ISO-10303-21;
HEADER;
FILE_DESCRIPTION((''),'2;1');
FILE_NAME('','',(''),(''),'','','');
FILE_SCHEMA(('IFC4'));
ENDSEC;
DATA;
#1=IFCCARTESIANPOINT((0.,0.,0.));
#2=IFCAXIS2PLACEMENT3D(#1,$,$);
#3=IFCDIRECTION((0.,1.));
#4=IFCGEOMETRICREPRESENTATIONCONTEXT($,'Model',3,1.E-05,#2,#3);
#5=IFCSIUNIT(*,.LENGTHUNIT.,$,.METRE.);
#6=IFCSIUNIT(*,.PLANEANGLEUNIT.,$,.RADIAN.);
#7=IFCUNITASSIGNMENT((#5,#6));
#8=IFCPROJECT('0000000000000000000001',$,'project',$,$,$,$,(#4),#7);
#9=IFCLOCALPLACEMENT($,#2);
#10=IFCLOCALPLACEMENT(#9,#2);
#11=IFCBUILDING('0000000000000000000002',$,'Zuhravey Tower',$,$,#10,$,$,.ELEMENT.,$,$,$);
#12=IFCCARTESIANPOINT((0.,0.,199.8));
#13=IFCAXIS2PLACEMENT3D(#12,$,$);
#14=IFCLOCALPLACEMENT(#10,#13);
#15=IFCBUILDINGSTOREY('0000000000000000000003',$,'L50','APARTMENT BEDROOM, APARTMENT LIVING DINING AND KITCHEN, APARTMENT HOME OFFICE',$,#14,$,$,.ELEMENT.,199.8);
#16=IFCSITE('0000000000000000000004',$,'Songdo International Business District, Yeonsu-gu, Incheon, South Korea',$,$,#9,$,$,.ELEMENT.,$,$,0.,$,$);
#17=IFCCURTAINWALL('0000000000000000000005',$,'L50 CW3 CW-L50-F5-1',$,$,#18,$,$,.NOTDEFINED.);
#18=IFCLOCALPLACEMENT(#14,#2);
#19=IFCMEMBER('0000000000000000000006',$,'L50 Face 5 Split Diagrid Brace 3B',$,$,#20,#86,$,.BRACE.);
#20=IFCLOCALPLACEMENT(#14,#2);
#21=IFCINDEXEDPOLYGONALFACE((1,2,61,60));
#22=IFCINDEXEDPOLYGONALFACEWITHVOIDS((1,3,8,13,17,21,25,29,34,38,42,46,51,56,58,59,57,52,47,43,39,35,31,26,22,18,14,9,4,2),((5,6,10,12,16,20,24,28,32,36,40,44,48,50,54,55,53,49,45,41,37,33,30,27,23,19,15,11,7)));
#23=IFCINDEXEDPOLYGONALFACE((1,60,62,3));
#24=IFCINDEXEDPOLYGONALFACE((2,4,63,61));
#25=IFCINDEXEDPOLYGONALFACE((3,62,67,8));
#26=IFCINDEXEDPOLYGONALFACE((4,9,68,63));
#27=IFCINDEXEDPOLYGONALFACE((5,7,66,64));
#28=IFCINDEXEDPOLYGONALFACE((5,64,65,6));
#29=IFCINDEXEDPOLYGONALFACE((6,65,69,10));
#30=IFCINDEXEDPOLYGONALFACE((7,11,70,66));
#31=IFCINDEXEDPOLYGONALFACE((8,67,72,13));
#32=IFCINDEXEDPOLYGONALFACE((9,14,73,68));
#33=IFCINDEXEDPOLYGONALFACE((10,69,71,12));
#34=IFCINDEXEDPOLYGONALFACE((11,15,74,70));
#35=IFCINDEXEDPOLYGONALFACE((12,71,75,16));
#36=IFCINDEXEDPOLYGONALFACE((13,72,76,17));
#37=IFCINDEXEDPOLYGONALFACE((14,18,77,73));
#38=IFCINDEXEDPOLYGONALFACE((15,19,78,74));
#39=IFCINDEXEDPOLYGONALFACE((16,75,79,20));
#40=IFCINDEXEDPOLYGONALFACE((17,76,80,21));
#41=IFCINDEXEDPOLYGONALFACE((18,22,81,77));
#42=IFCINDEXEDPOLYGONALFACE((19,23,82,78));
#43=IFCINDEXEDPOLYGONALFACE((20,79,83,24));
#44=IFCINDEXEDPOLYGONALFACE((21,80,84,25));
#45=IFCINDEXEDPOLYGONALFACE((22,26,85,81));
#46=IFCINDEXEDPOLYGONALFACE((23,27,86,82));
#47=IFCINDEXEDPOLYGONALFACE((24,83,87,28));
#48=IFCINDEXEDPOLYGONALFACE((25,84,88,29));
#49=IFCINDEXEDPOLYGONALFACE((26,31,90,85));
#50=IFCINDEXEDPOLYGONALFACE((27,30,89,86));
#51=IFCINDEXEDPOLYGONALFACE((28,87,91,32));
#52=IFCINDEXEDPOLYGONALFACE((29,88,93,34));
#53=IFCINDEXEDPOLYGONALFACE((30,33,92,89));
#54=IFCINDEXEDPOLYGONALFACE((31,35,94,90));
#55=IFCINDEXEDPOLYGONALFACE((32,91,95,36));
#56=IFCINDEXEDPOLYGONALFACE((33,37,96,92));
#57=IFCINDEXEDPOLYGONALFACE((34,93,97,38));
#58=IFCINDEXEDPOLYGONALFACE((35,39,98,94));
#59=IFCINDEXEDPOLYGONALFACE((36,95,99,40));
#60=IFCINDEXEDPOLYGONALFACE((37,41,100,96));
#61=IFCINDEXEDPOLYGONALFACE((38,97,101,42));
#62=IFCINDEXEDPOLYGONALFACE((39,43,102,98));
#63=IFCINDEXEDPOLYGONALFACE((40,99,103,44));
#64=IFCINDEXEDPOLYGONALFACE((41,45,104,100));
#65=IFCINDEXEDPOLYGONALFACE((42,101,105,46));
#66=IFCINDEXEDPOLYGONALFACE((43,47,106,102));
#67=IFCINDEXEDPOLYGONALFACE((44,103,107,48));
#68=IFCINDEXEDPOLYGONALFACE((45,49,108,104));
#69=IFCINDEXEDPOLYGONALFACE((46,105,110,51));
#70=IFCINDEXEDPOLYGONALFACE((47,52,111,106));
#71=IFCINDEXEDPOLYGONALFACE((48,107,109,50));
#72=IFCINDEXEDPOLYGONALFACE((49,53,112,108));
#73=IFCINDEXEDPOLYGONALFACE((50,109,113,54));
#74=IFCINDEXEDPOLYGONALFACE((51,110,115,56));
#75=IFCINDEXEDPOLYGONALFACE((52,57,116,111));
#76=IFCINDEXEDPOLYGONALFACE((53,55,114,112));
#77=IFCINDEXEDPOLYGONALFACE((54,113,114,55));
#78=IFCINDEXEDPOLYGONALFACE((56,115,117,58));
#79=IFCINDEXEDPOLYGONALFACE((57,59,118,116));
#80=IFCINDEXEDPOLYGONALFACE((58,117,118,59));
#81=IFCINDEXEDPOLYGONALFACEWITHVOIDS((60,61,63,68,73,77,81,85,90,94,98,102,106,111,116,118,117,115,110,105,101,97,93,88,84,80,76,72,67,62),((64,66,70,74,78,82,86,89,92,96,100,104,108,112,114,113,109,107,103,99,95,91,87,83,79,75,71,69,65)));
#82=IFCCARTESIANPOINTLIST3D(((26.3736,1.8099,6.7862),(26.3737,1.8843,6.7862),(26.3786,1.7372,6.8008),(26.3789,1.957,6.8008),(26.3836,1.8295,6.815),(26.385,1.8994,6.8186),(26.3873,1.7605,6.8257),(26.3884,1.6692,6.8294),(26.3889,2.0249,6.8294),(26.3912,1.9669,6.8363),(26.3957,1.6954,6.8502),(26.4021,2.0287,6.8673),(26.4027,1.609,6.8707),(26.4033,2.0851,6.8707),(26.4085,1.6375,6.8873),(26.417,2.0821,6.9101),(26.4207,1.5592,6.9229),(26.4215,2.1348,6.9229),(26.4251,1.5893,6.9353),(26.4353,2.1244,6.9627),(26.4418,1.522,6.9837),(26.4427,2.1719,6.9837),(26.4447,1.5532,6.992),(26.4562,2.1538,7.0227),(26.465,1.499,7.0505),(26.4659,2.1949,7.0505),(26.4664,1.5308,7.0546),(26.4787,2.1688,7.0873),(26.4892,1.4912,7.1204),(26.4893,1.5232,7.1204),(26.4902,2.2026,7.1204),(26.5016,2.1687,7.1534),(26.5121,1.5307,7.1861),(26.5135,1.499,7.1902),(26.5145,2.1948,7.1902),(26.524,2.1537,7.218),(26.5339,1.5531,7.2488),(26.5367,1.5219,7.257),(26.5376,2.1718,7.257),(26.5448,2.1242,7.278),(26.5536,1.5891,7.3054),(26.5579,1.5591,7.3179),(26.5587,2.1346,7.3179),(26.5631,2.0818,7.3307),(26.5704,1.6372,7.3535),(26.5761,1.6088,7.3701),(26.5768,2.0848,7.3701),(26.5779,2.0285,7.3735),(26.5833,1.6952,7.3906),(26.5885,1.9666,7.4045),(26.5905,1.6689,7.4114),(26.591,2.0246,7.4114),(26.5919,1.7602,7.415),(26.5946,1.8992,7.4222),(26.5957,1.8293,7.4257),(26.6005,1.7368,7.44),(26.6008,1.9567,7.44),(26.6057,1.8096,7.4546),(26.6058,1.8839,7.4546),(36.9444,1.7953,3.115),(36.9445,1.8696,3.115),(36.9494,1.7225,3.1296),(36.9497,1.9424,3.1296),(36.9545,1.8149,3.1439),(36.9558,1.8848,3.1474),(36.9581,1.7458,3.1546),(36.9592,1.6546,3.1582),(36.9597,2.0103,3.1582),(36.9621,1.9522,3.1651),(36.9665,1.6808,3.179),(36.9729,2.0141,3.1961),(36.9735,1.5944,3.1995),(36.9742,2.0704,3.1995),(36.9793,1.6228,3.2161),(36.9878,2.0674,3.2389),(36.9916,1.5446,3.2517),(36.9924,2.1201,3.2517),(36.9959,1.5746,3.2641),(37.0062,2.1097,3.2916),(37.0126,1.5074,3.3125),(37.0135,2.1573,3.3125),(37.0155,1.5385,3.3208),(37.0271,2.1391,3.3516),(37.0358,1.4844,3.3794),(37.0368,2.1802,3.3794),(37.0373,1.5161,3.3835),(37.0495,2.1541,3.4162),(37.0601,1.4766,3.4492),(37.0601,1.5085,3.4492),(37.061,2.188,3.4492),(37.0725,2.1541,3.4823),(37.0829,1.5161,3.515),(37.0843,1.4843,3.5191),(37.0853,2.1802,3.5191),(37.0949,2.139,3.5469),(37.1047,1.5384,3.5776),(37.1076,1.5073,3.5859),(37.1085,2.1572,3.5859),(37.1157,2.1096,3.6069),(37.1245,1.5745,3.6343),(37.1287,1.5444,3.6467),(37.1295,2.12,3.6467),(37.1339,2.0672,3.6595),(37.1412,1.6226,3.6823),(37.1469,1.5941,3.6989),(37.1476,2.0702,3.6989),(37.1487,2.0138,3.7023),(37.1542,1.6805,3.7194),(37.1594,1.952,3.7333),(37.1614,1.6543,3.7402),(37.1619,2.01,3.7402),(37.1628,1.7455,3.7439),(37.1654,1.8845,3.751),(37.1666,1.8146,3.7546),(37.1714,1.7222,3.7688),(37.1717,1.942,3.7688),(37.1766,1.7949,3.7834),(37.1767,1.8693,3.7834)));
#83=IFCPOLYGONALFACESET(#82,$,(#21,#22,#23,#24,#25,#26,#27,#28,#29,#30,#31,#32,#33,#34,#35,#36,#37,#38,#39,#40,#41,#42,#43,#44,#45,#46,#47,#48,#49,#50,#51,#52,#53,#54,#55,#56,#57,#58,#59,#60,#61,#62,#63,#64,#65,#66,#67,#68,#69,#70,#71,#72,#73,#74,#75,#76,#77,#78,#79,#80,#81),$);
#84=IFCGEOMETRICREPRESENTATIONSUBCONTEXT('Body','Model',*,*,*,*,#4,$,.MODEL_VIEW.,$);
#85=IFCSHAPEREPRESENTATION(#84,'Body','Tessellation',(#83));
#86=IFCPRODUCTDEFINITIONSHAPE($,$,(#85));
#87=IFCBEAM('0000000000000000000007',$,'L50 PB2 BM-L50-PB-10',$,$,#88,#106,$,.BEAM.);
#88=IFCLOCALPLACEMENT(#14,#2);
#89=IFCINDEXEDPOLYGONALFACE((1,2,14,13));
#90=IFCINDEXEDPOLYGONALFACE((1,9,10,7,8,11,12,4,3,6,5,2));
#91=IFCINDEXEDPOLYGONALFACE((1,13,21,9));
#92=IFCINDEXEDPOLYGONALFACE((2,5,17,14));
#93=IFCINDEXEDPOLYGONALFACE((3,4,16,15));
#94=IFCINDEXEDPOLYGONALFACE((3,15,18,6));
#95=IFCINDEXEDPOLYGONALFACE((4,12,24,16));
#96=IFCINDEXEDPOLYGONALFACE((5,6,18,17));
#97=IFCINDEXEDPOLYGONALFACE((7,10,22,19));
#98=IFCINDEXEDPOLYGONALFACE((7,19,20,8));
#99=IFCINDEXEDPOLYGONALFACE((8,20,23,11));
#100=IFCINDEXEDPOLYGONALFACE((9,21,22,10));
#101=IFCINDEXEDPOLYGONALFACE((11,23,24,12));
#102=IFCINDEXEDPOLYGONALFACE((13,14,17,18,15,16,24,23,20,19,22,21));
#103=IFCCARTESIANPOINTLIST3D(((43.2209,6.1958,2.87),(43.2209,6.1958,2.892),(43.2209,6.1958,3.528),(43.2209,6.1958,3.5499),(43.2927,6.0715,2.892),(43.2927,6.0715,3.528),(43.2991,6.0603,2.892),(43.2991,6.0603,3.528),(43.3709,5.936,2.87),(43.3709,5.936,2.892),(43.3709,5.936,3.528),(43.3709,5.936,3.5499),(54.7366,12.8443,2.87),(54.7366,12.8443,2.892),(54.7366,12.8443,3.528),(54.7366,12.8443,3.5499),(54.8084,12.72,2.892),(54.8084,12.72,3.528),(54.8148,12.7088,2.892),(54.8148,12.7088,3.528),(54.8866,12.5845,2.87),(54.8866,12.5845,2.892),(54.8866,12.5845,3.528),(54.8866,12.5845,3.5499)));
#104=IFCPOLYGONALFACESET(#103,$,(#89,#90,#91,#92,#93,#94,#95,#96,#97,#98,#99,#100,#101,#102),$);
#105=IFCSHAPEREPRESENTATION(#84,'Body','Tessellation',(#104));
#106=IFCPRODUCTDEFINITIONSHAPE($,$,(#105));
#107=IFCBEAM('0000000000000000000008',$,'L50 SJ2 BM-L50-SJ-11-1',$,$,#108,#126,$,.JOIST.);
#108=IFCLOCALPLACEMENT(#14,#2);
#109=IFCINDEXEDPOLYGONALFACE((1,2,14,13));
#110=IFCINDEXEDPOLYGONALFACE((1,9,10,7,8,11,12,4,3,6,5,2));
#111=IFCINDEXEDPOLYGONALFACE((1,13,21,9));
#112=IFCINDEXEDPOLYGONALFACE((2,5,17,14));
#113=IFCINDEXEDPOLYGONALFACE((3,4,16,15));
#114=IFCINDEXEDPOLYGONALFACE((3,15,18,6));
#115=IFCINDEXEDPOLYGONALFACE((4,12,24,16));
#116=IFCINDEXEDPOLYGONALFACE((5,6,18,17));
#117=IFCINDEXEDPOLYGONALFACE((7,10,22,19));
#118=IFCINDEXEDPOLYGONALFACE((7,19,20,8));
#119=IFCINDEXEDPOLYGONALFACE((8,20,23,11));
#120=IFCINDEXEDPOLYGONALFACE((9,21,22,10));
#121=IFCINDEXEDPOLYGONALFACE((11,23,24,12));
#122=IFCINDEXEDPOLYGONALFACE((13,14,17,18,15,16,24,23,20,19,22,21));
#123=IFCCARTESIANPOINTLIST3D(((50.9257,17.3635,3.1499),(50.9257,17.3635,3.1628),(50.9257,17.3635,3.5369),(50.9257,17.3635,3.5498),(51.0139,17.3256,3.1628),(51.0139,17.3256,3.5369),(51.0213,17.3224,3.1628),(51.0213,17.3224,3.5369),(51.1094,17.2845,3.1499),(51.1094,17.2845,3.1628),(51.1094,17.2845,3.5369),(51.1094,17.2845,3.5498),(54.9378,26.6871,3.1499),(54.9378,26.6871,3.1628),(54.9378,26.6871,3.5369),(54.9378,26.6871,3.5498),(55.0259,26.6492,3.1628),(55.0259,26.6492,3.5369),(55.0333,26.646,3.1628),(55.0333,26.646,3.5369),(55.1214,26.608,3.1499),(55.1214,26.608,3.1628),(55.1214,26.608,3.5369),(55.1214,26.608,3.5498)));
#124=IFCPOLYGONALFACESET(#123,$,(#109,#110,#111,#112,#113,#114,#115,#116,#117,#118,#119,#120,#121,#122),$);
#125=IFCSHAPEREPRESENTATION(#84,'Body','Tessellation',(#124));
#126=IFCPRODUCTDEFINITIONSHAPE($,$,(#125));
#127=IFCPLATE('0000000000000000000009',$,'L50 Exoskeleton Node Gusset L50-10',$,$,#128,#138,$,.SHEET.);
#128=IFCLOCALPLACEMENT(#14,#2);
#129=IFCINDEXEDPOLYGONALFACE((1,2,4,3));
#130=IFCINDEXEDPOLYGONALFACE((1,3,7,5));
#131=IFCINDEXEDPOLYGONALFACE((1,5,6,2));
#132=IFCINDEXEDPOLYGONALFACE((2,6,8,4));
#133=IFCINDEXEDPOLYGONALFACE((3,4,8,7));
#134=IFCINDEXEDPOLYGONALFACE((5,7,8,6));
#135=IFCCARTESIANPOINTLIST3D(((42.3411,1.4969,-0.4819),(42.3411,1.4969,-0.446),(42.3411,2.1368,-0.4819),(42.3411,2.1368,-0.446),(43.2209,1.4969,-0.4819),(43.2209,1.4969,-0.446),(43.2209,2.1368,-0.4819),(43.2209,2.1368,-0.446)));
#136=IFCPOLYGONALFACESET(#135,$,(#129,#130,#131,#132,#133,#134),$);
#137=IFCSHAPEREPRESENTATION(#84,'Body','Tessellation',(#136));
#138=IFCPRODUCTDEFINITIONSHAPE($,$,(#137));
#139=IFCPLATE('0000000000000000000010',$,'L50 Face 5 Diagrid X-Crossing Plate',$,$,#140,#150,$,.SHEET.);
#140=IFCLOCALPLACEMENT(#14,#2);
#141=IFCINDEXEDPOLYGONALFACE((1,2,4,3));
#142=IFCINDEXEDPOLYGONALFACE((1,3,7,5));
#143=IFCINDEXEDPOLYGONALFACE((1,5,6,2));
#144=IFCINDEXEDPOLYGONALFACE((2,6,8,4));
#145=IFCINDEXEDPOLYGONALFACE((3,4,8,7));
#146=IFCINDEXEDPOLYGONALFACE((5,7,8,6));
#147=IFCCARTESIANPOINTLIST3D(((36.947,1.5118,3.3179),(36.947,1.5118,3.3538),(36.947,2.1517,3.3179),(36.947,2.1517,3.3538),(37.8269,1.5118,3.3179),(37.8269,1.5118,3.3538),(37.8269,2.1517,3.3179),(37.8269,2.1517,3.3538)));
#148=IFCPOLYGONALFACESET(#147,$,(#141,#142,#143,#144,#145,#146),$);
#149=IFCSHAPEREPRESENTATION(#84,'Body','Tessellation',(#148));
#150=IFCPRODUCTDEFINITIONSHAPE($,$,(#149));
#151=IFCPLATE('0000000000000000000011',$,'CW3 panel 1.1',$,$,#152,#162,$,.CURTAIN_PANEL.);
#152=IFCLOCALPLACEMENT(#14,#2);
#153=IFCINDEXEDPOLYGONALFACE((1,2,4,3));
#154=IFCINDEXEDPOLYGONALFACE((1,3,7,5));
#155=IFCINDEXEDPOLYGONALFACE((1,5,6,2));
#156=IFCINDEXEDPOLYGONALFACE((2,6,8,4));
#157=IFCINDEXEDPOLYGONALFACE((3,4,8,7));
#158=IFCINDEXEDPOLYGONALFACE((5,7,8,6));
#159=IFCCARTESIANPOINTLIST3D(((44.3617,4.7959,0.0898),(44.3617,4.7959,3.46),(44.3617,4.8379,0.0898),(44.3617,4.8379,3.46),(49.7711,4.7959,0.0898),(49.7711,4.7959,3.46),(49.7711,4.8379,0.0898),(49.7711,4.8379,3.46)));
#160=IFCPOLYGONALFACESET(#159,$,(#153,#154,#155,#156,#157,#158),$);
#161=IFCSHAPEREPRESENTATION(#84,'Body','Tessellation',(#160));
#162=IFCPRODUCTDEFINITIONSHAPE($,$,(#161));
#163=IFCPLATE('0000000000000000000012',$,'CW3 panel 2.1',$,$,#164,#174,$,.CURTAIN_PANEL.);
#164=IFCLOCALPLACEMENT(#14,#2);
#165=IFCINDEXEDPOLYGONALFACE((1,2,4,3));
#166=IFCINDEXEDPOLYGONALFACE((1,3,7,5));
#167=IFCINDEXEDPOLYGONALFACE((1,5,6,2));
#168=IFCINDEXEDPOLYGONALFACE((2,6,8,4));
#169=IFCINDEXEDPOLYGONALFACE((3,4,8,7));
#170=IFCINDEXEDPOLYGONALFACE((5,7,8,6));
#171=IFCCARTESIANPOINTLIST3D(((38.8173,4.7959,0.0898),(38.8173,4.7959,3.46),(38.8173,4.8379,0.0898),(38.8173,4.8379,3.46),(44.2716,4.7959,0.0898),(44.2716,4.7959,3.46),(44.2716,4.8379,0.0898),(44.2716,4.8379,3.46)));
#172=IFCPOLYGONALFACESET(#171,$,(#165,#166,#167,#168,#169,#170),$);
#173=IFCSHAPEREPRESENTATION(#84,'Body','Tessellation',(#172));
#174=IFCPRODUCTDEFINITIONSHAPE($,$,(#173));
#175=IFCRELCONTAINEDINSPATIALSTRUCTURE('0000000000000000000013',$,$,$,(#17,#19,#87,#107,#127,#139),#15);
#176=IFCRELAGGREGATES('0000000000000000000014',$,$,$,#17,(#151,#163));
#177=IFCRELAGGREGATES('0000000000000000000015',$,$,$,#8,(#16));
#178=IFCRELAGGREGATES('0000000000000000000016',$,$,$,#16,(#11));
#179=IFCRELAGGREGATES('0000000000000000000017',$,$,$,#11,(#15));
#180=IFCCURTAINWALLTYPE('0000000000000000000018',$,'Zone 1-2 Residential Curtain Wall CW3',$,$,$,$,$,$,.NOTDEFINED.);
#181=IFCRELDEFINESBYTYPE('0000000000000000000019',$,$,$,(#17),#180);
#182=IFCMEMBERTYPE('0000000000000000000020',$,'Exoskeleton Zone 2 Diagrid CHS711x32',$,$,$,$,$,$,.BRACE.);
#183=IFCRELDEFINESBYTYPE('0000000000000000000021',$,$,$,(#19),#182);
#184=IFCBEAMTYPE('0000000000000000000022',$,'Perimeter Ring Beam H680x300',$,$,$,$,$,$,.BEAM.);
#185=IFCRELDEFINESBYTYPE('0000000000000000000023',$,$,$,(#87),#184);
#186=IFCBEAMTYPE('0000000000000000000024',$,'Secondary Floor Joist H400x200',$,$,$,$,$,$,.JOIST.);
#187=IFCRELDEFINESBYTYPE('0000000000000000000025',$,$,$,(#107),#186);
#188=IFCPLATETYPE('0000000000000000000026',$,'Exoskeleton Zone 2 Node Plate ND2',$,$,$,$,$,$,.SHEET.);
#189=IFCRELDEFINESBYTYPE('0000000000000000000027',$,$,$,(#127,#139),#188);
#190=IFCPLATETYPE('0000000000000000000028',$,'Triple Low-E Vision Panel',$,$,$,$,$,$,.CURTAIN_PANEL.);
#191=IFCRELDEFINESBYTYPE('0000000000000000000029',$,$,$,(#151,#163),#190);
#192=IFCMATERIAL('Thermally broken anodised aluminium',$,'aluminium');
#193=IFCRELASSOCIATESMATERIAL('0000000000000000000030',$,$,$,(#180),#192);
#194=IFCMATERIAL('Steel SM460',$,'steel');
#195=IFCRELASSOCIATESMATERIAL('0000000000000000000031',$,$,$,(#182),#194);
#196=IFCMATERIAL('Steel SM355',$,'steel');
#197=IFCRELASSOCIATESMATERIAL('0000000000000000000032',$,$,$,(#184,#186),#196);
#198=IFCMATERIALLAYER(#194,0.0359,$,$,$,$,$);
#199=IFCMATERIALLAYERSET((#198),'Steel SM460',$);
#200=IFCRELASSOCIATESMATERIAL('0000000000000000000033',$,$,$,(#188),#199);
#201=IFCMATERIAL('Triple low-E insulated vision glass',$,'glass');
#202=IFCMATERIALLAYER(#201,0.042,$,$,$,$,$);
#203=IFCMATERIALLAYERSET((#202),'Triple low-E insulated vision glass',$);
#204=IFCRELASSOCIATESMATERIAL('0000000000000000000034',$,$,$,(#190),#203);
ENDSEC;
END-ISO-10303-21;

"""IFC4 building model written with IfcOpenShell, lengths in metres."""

from ifc_helpers import new_model, si_unit, direction, frame, origin, origin_2d, place, context, subcontext, project, spatial, rectangle, hollow_circle, i_section, extrude, material, layer, layer_set, material_profile, profile_set, type_object, element, aggregate, save


model = new_model("IFC4")

# Units and contexts
model_context = context("Model", 3, precision=1e-05, world=origin(), true_north=direction((0.0, 1.0)))
body_context = subcontext(model_context, "Body", "Model", "MODEL_VIEW")
ifc_project = project(units=[si_unit("LENGTHUNIT", "METRE"), si_unit("PLANEANGLEUNIT", "RADIAN")], contexts=[model_context])

# Site, building, storey
site_placement = place(None, origin())
site = spatial("IfcSite", under=ifc_project, at=site_placement, Name="Songdo International Business District, Yeonsu-gu, Incheon, South Korea", CompositionType="ELEMENT", RefElevation=0.0)
building_placement = place(site_placement, origin())
building = spatial("IfcBuilding", under=site, at=building_placement, Name="Zuhravey Tower", CompositionType="ELEMENT")
storey_placement = place(building_placement, frame((0.0, 0.0, 199.8)))
storey = spatial("IfcBuildingStorey", under=building, at=storey_placement, Name="L50", Description="APARTMENT BEDROOM, APARTMENT LIVING DINING AND KITCHEN, APARTMENT HOME OFFICE", CompositionType="ELEMENT", Elevation=199.8)

# Curtain wall
ifc_material_1 = material(Name="Thermally broken anodised aluminium", Category="aluminium")
curtain_wall_type = type_object("IfcCurtainWallType", Name="Zone 1-2 Residential Curtain Wall CW3", PredefinedType="NOTDEFINED", material=ifc_material_1)
curtain_wall_placement = place(storey_placement, origin())
curtain_wall = element("IfcCurtainWall", 1, at=curtain_wall_placement, inside=storey, type_object=curtain_wall_type, Name="L50 CW3 CW-L50-F5-1", PredefinedType="NOTDEFINED")

# Member
ifc_material_2 = material(Name="Steel SM460", Category="steel")
ifc_material_profile_1 = material_profile(ifc_material_2, hollow_circle(Radius=0.3557, WallThickness=0.032, at=origin_2d()), Name="CHS-711.2x32")
ifc_profile_set_1 = profile_set([ifc_material_profile_1], Name="Steel SM460")
member_type_1 = type_object("IfcMemberType", Name="Exoskeleton Zone 2 Diagrid CHS711x32", PredefinedType="BRACE", material=ifc_profile_set_1)
member_1_placement = place(storey_placement, frame((37.0605, 1.8323, 3.4492), z_axis=(-0.944653, 0.001309, 0.328069), x_axis=(-0.001386, -0.999999, 0.0)))
element("IfcMember", 2, at=member_1_placement, inside=storey, type_object=member_type_1, Name="L50 Face 5 Split Diagrid Brace 3B", PredefinedType="BRACE", context=body_context, shape_type="SweptSolid", body=[
    extrude(hollow_circle(Radius=0.3557, WallThickness=0.032, at=origin_2d()), origin(), (0.0, 0.0, 1.0), 11.1902),
])

# Beams
ifc_material_3 = material(Name="Steel SM355", Category="steel")
ifc_material_profile_2 = material_profile(ifc_material_3, i_section(OverallWidth=0.3, OverallDepth=0.6799, WebThickness=0.0129, FlangeThickness=0.022, at=origin_2d()), Name="H-680x300x13x22")
ifc_profile_set_2 = profile_set([ifc_material_profile_2], Name="Steel SM355")
beam_type_1 = type_object("IfcBeamType", Name="Perimeter Ring Beam H680x300", PredefinedType="BEAM", material=ifc_profile_set_2)
beam_1_placement = place(storey_placement, frame((43.2959, 6.0659, 3.21), z_axis=(0.866029, 0.499994, 0.0), x_axis=(-0.499994, 0.866029, 0.0)))
element("IfcBeam", 3, at=beam_1_placement, inside=storey, type_object=beam_type_1, Name="L50 PB2 BM-L50-PB-10", PredefinedType="BEAM", context=body_context, shape_type="SweptSolid", body=[
    extrude(i_section(OverallWidth=0.3, OverallDepth=0.6799, WebThickness=0.0129, FlangeThickness=0.022, at=origin_2d()), origin(), (0.0, 0.0, 1.0), 13.2971),
])
ifc_material_profile_3 = material_profile(ifc_material_3, i_section(OverallWidth=0.2, OverallDepth=0.3999, WebThickness=0.0081, FlangeThickness=0.0129, at=origin_2d()), Name="H-400x200x8x13")
ifc_profile_set_3 = profile_set([ifc_material_profile_3], Name="Steel SM355")
beam_type_2 = type_object("IfcBeamType", Name="Secondary Floor Joist H400x200", PredefinedType="JOIST", material=ifc_profile_set_3)
beam_2_placement = place(storey_placement, frame((51.0176, 17.324, 3.3499), z_axis=(0.395266, 0.918567, 0.0), x_axis=(-0.918567, 0.395266, 0.0)))
element("IfcBeam", 4, at=beam_2_placement, inside=storey, type_object=beam_type_2, Name="L50 SJ2 BM-L50-SJ-11-1", PredefinedType="JOIST", context=body_context, shape_type="SweptSolid", body=[
    extrude(i_section(OverallWidth=0.2, OverallDepth=0.3999, WebThickness=0.0081, FlangeThickness=0.0129, at=origin_2d()), origin(), (0.0, 0.0, 1.0), 10.1501),
])

# Plates
ifc_layer_1 = layer(ifc_material_2, 0.0359)
ifc_layer_set_1 = layer_set([ifc_layer_1], Name="Steel SM460")
plate_type_1 = type_object("IfcPlateType", Name="Exoskeleton Zone 2 Node Plate ND2", PredefinedType="SHEET", material=ifc_layer_set_1)
for number, where, z_axis, x_axis, name in (
    (5, (42.781, 1.8169, -0.4819), (0.0, 0.0, 1.0), (1.0, 0.0, 0.0), "L50 Exoskeleton Node Gusset L50-10"),
    (6, (37.387, 1.8318, 3.3179), (0.0, 0.0, 1.0), (1.0, 0.0, 0.0), "L50 Face 5 Diagrid X-Crossing Plate"),
):
    element("IfcPlate", number, at=place(storey_placement, frame(where, z_axis=z_axis, x_axis=x_axis)), inside=storey, type_object=plate_type_1, Name=name, PredefinedType="SHEET", context=body_context, shape_type="SweptSolid", body=[
        extrude(rectangle(XDim=0.8799, YDim=0.6399, at=origin_2d()), origin(), (0.0, 0.0, 1.0), 0.0359),
    ])

# Plates
ifc_material_4 = material(Name="Triple low-E insulated vision glass", Category="glass")
ifc_layer_2 = layer(ifc_material_4, 0.042)
ifc_layer_set_2 = layer_set([ifc_layer_2], Name="Triple low-E insulated vision glass")
plate_type_2 = type_object("IfcPlateType", Name="Triple Low-E Vision Panel", PredefinedType="CURTAIN_PANEL", material=ifc_layer_set_2)
plate_1_placement = place(storey_placement, frame((47.0664, 4.8169, 0.0898), z_axis=(0.0, 0.0, 1.0), x_axis=(-1.0, 0.0, 0.0)))
plate_1 = element("IfcPlate", 7, at=plate_1_placement, type_object=plate_type_2, Name="CW3 panel 1.1", PredefinedType="CURTAIN_PANEL", context=body_context, shape_type="SweptSolid", body=[
    extrude(rectangle(XDim=5.4094, YDim=0.042, at=origin_2d()), origin(), (0.0, 0.0, 1.0), 3.3701),
])
plate_2_placement = place(storey_placement, frame((41.5444, 4.8169, 0.0898), z_axis=(0.0, 0.0, 1.0), x_axis=(-1.0, 0.0, 0.0)))
plate_2 = element("IfcPlate", 8, at=plate_2_placement, type_object=plate_type_2, Name="CW3 panel 2.1", PredefinedType="CURTAIN_PANEL", context=body_context, shape_type="SweptSolid", body=[
    extrude(rectangle(XDim=5.4543, YDim=0.042, at=origin_2d()), origin(), (0.0, 0.0, 1.0), 3.3701),
])
aggregate(curtain_wall, [plate_1, plate_2])

save(model, "model.ifc")
